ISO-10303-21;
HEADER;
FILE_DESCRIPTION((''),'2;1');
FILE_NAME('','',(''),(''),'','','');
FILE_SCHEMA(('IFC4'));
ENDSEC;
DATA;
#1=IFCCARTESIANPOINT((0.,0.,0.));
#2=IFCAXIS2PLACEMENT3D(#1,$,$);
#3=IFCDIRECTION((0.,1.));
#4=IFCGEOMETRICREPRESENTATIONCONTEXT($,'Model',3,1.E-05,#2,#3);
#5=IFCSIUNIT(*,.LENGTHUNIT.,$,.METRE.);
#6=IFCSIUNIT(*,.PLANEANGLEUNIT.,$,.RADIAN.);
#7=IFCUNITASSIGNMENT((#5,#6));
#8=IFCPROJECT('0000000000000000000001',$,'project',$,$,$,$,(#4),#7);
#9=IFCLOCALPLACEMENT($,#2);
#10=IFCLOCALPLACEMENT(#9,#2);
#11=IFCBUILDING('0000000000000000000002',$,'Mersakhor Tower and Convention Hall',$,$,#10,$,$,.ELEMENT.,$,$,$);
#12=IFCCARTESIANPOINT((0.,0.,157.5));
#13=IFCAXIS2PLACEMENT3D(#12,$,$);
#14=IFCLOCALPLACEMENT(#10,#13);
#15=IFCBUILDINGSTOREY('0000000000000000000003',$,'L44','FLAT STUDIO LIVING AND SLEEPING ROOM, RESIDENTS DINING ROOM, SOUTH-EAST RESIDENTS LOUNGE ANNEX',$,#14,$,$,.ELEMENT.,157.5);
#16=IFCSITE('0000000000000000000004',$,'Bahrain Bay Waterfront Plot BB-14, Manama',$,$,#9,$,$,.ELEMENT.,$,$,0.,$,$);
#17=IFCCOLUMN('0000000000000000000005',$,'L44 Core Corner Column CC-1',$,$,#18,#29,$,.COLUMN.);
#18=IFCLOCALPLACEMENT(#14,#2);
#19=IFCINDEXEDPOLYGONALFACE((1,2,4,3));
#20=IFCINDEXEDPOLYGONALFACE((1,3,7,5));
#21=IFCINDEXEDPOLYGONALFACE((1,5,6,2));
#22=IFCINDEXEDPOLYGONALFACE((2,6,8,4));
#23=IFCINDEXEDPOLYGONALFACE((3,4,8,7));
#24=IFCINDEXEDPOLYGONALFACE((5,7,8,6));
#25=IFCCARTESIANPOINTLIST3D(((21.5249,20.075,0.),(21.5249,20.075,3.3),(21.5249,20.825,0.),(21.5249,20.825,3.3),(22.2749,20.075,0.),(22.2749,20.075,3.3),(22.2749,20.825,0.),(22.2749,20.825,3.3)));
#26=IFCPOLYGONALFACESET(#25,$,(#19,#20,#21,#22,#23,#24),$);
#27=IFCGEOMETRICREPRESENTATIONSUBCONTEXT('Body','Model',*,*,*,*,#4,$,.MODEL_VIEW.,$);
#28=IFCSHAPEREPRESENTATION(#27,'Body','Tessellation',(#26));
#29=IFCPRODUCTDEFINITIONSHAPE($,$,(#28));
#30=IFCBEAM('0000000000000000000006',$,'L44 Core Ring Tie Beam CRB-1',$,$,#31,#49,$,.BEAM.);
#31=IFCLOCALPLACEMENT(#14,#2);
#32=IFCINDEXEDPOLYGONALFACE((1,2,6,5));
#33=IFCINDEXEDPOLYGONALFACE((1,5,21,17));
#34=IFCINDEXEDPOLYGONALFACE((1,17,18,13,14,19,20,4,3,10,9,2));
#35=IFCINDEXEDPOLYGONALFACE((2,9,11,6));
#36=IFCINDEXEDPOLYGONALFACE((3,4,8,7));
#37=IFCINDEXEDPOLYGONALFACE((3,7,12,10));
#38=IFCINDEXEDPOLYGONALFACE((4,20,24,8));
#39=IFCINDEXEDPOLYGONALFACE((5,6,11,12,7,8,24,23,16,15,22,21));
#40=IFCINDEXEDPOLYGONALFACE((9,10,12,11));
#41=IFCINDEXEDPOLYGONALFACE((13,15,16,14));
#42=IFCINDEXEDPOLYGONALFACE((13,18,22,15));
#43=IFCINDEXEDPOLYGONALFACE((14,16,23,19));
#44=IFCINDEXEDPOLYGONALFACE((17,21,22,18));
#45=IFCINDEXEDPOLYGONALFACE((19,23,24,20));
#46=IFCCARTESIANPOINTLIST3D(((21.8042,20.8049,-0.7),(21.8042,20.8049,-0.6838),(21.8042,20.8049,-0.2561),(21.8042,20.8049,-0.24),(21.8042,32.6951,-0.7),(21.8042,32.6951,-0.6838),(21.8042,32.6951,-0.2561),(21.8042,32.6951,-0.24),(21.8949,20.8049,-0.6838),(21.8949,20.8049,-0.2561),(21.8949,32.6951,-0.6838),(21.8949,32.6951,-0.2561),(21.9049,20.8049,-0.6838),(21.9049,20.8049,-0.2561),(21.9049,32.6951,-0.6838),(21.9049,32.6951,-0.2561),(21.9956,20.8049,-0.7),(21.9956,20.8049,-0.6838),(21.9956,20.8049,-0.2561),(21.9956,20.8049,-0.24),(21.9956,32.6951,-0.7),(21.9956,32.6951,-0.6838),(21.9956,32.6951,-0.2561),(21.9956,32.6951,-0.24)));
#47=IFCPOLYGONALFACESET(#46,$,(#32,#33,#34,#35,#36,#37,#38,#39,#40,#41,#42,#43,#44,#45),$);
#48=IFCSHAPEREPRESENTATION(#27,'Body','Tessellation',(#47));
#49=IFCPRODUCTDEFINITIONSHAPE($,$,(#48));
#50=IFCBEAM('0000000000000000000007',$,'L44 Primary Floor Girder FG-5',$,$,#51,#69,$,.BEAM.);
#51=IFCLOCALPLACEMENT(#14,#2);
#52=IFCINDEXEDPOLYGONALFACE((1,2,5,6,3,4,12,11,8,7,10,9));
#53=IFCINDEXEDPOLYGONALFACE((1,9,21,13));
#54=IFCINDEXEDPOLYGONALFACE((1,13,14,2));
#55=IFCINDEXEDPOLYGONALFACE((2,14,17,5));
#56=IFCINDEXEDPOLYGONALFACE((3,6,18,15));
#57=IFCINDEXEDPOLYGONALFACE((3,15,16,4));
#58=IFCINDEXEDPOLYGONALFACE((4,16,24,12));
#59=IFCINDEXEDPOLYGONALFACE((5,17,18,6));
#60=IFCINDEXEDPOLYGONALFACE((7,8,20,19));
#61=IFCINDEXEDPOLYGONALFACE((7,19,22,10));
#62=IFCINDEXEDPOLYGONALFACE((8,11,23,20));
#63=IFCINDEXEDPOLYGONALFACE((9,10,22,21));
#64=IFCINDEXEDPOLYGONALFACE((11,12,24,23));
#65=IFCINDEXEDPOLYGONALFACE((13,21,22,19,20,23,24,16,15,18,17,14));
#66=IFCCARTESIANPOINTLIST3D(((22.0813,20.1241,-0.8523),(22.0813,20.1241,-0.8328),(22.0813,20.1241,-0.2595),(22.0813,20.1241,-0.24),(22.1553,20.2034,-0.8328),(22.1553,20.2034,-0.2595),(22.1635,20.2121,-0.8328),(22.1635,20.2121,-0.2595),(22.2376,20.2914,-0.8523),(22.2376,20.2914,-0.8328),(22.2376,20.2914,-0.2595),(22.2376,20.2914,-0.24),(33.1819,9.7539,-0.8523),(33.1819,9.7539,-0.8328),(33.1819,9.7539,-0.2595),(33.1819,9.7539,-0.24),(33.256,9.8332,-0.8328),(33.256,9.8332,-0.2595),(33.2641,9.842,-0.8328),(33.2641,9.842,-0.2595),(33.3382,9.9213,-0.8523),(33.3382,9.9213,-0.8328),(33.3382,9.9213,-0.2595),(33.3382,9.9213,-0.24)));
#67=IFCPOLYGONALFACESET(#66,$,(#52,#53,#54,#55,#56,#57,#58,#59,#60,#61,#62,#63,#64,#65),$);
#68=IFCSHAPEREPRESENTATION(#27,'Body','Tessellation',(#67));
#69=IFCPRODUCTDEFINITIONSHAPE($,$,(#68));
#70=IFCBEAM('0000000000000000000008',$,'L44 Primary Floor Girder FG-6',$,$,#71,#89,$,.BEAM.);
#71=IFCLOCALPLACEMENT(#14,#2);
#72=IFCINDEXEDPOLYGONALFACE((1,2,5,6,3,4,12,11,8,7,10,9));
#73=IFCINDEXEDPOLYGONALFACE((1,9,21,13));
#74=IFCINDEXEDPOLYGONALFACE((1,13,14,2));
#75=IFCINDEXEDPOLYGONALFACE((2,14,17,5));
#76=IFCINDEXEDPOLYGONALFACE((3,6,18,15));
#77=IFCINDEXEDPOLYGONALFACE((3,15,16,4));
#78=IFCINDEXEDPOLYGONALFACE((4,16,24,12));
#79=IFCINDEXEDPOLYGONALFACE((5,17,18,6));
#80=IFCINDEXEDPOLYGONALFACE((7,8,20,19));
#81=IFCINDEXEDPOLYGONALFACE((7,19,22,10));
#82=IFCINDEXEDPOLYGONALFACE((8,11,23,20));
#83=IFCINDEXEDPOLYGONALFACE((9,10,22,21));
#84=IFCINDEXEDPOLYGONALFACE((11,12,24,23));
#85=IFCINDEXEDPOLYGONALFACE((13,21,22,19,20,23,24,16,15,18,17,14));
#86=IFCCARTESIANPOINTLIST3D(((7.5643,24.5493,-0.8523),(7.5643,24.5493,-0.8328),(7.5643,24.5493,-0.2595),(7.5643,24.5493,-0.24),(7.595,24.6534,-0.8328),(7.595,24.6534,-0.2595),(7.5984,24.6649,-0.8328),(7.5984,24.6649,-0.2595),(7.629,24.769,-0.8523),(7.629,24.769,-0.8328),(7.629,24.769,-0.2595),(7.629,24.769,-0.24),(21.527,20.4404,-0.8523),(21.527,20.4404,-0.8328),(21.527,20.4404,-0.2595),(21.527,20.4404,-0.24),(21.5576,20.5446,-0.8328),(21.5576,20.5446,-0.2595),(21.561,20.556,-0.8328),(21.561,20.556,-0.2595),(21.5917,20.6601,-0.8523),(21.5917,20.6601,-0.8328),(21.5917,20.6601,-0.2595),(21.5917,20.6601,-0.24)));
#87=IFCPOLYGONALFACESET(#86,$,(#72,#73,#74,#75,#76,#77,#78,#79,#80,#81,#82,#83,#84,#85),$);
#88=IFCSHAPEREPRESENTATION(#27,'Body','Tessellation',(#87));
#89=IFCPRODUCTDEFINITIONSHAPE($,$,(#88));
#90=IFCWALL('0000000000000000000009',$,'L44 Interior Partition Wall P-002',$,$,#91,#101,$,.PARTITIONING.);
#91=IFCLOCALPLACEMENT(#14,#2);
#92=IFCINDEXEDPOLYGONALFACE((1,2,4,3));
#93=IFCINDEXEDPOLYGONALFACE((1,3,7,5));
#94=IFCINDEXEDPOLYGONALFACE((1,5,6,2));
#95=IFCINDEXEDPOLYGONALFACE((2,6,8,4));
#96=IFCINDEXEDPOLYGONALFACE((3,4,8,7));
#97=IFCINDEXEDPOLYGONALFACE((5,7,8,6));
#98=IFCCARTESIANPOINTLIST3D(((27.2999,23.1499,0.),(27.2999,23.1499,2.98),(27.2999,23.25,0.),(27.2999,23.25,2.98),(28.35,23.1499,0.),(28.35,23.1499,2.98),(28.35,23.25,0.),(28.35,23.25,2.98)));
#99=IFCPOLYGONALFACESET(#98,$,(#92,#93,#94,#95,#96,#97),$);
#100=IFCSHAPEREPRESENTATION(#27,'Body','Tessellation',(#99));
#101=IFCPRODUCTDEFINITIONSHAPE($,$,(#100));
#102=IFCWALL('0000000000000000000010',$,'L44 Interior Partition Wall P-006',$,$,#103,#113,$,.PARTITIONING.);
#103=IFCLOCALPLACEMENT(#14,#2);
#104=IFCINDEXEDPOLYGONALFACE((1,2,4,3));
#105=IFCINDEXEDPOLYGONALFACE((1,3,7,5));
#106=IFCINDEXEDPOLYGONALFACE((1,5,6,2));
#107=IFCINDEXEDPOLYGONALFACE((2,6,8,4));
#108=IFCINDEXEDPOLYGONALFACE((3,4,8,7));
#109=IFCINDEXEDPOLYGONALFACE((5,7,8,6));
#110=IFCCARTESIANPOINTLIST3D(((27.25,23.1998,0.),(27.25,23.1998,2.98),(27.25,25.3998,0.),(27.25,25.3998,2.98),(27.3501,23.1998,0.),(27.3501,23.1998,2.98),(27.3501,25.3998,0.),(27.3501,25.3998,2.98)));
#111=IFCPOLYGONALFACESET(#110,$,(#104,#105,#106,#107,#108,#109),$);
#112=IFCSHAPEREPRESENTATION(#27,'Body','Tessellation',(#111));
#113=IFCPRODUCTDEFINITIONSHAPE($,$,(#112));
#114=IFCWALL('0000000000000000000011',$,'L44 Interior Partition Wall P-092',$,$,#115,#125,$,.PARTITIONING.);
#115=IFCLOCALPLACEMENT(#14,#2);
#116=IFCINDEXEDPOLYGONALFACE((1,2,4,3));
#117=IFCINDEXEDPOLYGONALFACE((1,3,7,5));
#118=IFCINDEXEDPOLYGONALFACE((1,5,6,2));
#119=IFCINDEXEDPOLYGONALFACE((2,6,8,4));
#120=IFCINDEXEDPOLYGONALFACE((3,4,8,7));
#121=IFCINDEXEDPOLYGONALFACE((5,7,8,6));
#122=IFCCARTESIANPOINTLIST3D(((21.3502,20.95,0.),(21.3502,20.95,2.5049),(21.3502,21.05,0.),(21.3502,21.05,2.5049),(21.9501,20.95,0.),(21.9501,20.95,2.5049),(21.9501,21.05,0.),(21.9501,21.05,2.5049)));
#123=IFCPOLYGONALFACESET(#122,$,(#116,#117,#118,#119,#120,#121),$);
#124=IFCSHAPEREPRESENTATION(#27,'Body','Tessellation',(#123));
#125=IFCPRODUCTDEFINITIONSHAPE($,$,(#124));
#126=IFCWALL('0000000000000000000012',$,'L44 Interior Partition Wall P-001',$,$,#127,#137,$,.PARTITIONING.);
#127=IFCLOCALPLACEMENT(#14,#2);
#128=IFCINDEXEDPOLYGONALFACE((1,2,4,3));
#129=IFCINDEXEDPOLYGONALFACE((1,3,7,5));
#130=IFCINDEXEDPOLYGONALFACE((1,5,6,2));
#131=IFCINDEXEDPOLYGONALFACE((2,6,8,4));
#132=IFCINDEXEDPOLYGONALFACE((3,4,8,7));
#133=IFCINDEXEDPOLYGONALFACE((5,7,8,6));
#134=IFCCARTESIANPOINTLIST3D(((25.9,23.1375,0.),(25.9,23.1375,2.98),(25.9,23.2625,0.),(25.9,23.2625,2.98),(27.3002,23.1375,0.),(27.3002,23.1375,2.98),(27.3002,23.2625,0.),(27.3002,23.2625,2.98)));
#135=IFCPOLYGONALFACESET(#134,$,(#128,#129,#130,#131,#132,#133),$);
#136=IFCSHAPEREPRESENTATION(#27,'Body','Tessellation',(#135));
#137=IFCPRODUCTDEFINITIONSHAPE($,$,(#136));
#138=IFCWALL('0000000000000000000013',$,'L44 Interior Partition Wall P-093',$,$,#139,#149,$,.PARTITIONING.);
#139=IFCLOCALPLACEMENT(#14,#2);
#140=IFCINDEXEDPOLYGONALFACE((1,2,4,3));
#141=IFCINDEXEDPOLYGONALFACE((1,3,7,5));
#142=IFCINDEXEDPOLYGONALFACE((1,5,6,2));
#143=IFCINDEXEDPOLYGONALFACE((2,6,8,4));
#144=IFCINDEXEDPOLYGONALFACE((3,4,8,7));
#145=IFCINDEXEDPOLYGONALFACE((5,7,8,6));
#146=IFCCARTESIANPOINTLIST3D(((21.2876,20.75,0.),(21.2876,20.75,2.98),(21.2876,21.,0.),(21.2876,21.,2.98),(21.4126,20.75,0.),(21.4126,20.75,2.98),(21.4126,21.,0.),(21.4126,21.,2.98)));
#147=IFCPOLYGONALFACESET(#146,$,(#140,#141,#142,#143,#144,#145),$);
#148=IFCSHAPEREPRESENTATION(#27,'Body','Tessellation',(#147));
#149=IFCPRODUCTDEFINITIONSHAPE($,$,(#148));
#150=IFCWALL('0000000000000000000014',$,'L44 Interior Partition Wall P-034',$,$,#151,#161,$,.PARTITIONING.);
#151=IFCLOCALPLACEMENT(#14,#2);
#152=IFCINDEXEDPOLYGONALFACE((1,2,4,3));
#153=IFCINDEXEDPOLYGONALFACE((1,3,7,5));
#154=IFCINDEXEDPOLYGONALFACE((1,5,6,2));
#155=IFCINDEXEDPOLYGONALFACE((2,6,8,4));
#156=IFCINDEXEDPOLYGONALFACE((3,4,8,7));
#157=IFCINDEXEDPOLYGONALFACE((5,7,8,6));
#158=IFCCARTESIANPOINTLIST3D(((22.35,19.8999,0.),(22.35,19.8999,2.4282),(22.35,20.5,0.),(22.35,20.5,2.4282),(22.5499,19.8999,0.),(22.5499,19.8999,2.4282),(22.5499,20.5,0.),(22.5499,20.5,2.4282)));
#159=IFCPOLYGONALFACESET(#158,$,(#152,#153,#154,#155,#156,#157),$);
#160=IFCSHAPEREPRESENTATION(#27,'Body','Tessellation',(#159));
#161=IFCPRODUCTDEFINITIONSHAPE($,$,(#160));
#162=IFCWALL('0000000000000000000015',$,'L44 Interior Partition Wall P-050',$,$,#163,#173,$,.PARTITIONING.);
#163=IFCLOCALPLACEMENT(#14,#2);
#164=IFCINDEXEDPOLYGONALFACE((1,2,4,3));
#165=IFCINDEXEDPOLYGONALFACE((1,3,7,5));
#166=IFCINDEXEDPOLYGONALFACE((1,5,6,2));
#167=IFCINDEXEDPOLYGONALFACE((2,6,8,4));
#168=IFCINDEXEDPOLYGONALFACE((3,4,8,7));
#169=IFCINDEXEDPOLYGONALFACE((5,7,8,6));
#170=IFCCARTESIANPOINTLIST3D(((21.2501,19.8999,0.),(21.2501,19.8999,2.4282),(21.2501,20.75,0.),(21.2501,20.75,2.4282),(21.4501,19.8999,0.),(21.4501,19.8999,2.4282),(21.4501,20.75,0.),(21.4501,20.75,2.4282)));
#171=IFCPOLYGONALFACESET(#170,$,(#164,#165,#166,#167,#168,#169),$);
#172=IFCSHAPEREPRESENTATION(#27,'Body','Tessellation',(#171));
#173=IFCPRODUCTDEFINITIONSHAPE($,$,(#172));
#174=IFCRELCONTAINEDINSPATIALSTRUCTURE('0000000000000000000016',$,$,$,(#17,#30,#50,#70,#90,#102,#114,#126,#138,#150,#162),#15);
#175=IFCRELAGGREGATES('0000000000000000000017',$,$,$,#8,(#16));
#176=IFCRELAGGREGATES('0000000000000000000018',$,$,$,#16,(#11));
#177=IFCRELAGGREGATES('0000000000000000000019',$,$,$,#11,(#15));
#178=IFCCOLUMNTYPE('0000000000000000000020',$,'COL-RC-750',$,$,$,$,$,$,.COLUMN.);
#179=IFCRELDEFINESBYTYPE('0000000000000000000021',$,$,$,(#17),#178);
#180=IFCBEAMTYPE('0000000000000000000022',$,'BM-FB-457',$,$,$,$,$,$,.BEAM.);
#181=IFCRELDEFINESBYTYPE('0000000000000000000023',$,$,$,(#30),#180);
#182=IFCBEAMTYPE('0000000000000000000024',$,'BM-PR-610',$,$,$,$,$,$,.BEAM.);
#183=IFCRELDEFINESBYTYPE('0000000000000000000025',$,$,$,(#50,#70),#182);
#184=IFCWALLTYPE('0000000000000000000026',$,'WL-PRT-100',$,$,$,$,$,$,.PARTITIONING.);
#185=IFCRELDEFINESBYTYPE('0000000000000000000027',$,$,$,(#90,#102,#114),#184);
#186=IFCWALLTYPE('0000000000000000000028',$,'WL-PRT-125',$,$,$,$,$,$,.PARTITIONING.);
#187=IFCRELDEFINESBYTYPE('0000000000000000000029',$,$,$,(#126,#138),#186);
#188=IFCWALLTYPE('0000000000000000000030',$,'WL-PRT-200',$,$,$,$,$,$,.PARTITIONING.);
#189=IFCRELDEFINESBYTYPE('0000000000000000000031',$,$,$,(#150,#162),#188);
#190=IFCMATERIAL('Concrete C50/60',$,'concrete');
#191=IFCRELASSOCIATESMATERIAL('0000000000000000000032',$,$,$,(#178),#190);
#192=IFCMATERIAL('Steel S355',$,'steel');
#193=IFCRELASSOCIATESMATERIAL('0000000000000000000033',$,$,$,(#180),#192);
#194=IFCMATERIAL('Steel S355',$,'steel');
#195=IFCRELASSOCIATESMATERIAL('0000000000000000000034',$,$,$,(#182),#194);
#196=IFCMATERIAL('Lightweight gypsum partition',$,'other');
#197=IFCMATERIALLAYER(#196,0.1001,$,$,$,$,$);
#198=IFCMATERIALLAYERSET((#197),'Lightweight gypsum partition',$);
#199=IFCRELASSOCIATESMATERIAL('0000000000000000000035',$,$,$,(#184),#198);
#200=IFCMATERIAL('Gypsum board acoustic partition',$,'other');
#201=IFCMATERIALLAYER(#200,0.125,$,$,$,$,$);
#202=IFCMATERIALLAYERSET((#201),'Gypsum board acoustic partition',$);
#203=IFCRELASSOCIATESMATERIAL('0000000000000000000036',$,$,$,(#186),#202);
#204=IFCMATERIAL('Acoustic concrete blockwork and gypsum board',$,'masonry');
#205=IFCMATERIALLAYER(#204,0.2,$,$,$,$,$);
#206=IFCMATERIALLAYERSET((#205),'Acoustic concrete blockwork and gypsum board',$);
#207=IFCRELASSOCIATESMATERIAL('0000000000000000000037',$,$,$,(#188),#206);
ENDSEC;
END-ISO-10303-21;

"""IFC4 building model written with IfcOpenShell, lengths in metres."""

from ifc_helpers import new_model, si_unit, direction, frame, frame_2d, origin, origin_2d, place, context, subcontext, project, spatial, rectangle, i_section, extrude, material, layer, layer_set, material_profile, profile_set, type_object, element, save


model = new_model("IFC4")

# Units and contexts
model_context = context("Model", 3, precision=1e-05, world=origin(), true_north=direction((0.0, 1.0)))
body_context = subcontext(model_context, "Body", "Model", "MODEL_VIEW")
ifc_project = project(units=[si_unit("LENGTHUNIT", "METRE"), si_unit("PLANEANGLEUNIT", "RADIAN")], contexts=[model_context])

# Site, building, storey
site_placement = place(None, origin())
site = spatial("IfcSite", under=ifc_project, at=site_placement, Name="Bahrain Bay Waterfront Plot BB-14, Manama", CompositionType="ELEMENT", RefElevation=0.0)
building_placement = place(site_placement, origin())
building = spatial("IfcBuilding", under=site, at=building_placement, Name="Mersakhor Tower and Convention Hall", CompositionType="ELEMENT")
storey_placement = place(building_placement, frame((0.0, 0.0, 157.5)))
storey = spatial("IfcBuildingStorey", under=building, at=storey_placement, Name="L44", Description="FLAT STUDIO LIVING AND SLEEPING ROOM, RESIDENTS DINING ROOM, SOUTH-EAST RESIDENTS LOUNGE ANNEX", CompositionType="ELEMENT", Elevation=157.5)

# Column
ifc_material_1 = material(Name="Concrete C50/60", Category="concrete")
ifc_material_profile_1 = material_profile(ifc_material_1, rectangle(XDim=0.75, YDim=0.75, at=origin_2d()), Name="RC 750x750")
ifc_profile_set_1 = profile_set([ifc_material_profile_1], Name="Concrete C50/60")
column_type = type_object("IfcColumnType", Name="COL-RC-750", PredefinedType="COLUMN", material=ifc_profile_set_1)
column_placement = place(storey_placement, frame((21.8999, 20.45, 0.0), z_axis=(0.0, 0.0, 1.0), x_axis=(1.0, 0.0, 0.0)))
element("IfcColumn", 1, at=column_placement, inside=storey, type_object=column_type, Name="L44 Core Corner Column CC-1", PredefinedType="COLUMN", context=body_context, shape_type="SweptSolid", body=[
    extrude(rectangle(XDim=0.75, YDim=0.75, at=origin_2d()), origin(), (0.0, 0.0, 1.0), 3.3),
])

# Beams
ifc_material_2 = material(Name="Steel S355", Category="steel")
ifc_material_profile_2 = material_profile(ifc_material_2, i_section(OverallWidth=0.1914, OverallDepth=0.46, WebThickness=0.01, FlangeThickness=0.0161, at=origin_2d()), Name="UB 457x191x82")
ifc_profile_set_2 = profile_set([ifc_material_profile_2], Name="Steel S355")
beam_type_1 = type_object("IfcBeamType", Name="BM-FB-457", PredefinedType="BEAM", material=ifc_profile_set_2)
beam_1_placement = place(storey_placement, frame((21.8999, 20.8049, -0.47), z_axis=(0.0, 1.0, 0.0), x_axis=(-1.0, 0.0, 0.0)))
element("IfcBeam", 2, at=beam_1_placement, inside=storey, type_object=beam_type_1, Name="L44 Core Ring Tie Beam CRB-1", PredefinedType="BEAM", context=body_context, shape_type="SweptSolid", body=[
    extrude(i_section(OverallWidth=0.1914, OverallDepth=0.46, WebThickness=0.01, FlangeThickness=0.0161, at=origin_2d()), origin(), (0.0, 0.0, 1.0), 11.8901),
])
ifc_material_3 = material(Name="Steel S355", Category="steel")
ifc_material_profile_3 = material_profile(ifc_material_3, i_section(OverallWidth=0.229, OverallDepth=0.6123, WebThickness=0.012, FlangeThickness=0.0195, at=origin_2d()), Name="UB 610x229x125")
ifc_profile_set_3 = profile_set([ifc_material_profile_3], Name="Steel S355")
beam_type_2 = type_object("IfcBeamType", Name="BM-PR-610", PredefinedType="BEAM", material=ifc_profile_set_3)
beam_2_placement = place(storey_placement, frame((22.1594, 20.2078, -0.5461), z_axis=(0.730741, -0.682655, 0.0), x_axis=(0.682655, 0.730741, 0.0)))
element("IfcBeam", 3, at=beam_2_placement, inside=storey, type_object=beam_type_2, Name="L44 Primary Floor Girder FG-5", PredefinedType="BEAM", context=body_context, shape_type="SweptSolid", body=[
    extrude(i_section(OverallWidth=0.229, OverallDepth=0.6123, WebThickness=0.012, FlangeThickness=0.0195, at=origin_2d()), origin(), (0.0, 0.0, 1.0), 15.1909),
])
beam_3_placement = place(storey_placement, frame((21.5593, 20.5503, -0.5461), z_axis=(-0.959324, 0.282307, 0.0), x_axis=(-0.282307, -0.959324, 0.0)))
element("IfcBeam", 4, at=beam_3_placement, inside=storey, type_object=beam_type_2, Name="L44 Primary Floor Girder FG-6", PredefinedType="BEAM", context=body_context, shape_type="SweptSolid", body=[
    extrude(i_section(OverallWidth=0.229, OverallDepth=0.6123, WebThickness=0.012, FlangeThickness=0.0195, at=origin_2d()), origin(), (0.0, 0.0, 1.0), 14.5547),
])

# Walls
ifc_material_4 = material(Name="Lightweight gypsum partition", Category="other")
ifc_layer_1 = layer(ifc_material_4, 0.1001)
ifc_layer_set_1 = layer_set([ifc_layer_1], Name="Lightweight gypsum partition")
wall_type_1 = type_object("IfcWallType", Name="WL-PRT-100", PredefinedType="PARTITIONING", material=ifc_layer_set_1)
wall_1_placement = place(storey_placement, frame((27.3, 23.2, 0.0), z_axis=(0.0, 0.0, 1.0), x_axis=(1.0, 0.0, 0.0)))
element("IfcWall", 5, at=wall_1_placement, inside=storey, type_object=wall_type_1, Name="L44 Interior Partition Wall P-002", PredefinedType="PARTITIONING", context=body_context, shape_type="SweptSolid", body=[
    extrude(rectangle(XDim=1.05, YDim=0.1001, at=frame_2d((0.5249, 0.0))), origin(), (0.0, 0.0, 1.0), 2.98),
])
wall_2_placement = place(storey_placement, frame((27.3, 25.3999, 0.0), z_axis=(0.0, 0.0, 1.0), x_axis=(0.0, -1.0, 0.0)))
element("IfcWall", 6, at=wall_2_placement, inside=storey, type_object=wall_type_1, Name="L44 Interior Partition Wall P-006", PredefinedType="PARTITIONING", context=body_context, shape_type="SweptSolid", body=[
    extrude(rectangle(XDim=2.2, YDim=0.1001, at=frame_2d((1.1001, 0.0))), origin(), (0.0, 0.0, 1.0), 2.98),
])
wall_3_placement = place(storey_placement, frame((21.95, 21.0, 0.0), z_axis=(0.0, 0.0, 1.0), x_axis=(-1.0, 0.0, 0.0)))
element("IfcWall", 7, at=wall_3_placement, inside=storey, type_object=wall_type_1, Name="L44 Interior Partition Wall P-092", PredefinedType="PARTITIONING", context=body_context, shape_type="SweptSolid", body=[
    extrude(rectangle(XDim=0.5999, YDim=0.1001, at=frame_2d((0.2998, 0.0))), origin(), (0.0, 0.0, 1.0), 2.5049),
])
ifc_material_5 = material(Name="Gypsum board acoustic partition", Category="other")
ifc_layer_2 = layer(ifc_material_5, 0.125)
ifc_layer_set_2 = layer_set([ifc_layer_2], Name="Gypsum board acoustic partition")
wall_type_2 = type_object("IfcWallType", Name="WL-PRT-125", PredefinedType="PARTITIONING", material=ifc_layer_set_2)
wall_4_placement = place(storey_placement, frame((25.8999, 23.2, 0.0), z_axis=(0.0, 0.0, 1.0), x_axis=(1.0, 0.0, 0.0)))
element("IfcWall", 8, at=wall_4_placement, inside=storey, type_object=wall_type_2, Name="L44 Interior Partition Wall P-001", PredefinedType="PARTITIONING", context=body_context, shape_type="SweptSolid", body=[
    extrude(rectangle(XDim=1.4001, YDim=0.125, at=frame_2d((0.7002, 0.0))), origin(), (0.0, 0.0, 1.0), 2.98),
])
wall_5_placement = place(storey_placement, frame((21.3501, 21.0, 0.0), z_axis=(0.0, 0.0, 1.0), x_axis=(0.0, -1.0, 0.0)))
element("IfcWall", 9, at=wall_5_placement, inside=storey, type_object=wall_type_2, Name="L44 Interior Partition Wall P-093", PredefinedType="PARTITIONING", context=body_context, shape_type="SweptSolid", body=[
    extrude(rectangle(XDim=0.25, YDim=0.125, at=frame_2d((0.125, 0.0))), origin(), (0.0, 0.0, 1.0), 2.98),
])

# Shared definitions
ifc_material_6 = material(Name="Acoustic concrete blockwork and gypsum board", Category="masonry")
ifc_layer_3 = layer(ifc_material_6, 0.2)
ifc_layer_set_3 = layer_set([ifc_layer_3], Name="Acoustic concrete blockwork and gypsum board")
wall_type_3 = type_object("IfcWallType", Name="WL-PRT-200", PredefinedType="PARTITIONING", material=ifc_layer_set_3)

# Walls
wall_6_placement = place(storey_placement, frame((22.45, 19.8999, 0.0), z_axis=(0.0, 0.0, 1.0), x_axis=(0.0, 1.0, 0.0)))
element("IfcWall", 10, at=wall_6_placement, inside=storey, type_object=wall_type_3, Name="L44 Interior Partition Wall P-034", PredefinedType="PARTITIONING", context=body_context, shape_type="SweptSolid", body=[
    extrude(rectangle(XDim=0.6001, YDim=0.2, at=frame_2d((0.3, 0.0))), origin(), (0.0, 0.0, 1.0), 2.4282),
])
wall_7_placement = place(storey_placement, frame((21.3501, 20.75, 0.0), z_axis=(0.0, 0.0, 1.0), x_axis=(0.0, -1.0, 0.0)))
element("IfcWall", 11, at=wall_7_placement, inside=storey, type_object=wall_type_3, Name="L44 Interior Partition Wall P-050", PredefinedType="PARTITIONING", context=body_context, shape_type="SweptSolid", body=[
    extrude(rectangle(XDim=0.8501, YDim=0.2, at=frame_2d((0.425, 0.0))), origin(), (0.0, 0.0, 1.0), 2.4282),
])

save(model, "model.ifc")
